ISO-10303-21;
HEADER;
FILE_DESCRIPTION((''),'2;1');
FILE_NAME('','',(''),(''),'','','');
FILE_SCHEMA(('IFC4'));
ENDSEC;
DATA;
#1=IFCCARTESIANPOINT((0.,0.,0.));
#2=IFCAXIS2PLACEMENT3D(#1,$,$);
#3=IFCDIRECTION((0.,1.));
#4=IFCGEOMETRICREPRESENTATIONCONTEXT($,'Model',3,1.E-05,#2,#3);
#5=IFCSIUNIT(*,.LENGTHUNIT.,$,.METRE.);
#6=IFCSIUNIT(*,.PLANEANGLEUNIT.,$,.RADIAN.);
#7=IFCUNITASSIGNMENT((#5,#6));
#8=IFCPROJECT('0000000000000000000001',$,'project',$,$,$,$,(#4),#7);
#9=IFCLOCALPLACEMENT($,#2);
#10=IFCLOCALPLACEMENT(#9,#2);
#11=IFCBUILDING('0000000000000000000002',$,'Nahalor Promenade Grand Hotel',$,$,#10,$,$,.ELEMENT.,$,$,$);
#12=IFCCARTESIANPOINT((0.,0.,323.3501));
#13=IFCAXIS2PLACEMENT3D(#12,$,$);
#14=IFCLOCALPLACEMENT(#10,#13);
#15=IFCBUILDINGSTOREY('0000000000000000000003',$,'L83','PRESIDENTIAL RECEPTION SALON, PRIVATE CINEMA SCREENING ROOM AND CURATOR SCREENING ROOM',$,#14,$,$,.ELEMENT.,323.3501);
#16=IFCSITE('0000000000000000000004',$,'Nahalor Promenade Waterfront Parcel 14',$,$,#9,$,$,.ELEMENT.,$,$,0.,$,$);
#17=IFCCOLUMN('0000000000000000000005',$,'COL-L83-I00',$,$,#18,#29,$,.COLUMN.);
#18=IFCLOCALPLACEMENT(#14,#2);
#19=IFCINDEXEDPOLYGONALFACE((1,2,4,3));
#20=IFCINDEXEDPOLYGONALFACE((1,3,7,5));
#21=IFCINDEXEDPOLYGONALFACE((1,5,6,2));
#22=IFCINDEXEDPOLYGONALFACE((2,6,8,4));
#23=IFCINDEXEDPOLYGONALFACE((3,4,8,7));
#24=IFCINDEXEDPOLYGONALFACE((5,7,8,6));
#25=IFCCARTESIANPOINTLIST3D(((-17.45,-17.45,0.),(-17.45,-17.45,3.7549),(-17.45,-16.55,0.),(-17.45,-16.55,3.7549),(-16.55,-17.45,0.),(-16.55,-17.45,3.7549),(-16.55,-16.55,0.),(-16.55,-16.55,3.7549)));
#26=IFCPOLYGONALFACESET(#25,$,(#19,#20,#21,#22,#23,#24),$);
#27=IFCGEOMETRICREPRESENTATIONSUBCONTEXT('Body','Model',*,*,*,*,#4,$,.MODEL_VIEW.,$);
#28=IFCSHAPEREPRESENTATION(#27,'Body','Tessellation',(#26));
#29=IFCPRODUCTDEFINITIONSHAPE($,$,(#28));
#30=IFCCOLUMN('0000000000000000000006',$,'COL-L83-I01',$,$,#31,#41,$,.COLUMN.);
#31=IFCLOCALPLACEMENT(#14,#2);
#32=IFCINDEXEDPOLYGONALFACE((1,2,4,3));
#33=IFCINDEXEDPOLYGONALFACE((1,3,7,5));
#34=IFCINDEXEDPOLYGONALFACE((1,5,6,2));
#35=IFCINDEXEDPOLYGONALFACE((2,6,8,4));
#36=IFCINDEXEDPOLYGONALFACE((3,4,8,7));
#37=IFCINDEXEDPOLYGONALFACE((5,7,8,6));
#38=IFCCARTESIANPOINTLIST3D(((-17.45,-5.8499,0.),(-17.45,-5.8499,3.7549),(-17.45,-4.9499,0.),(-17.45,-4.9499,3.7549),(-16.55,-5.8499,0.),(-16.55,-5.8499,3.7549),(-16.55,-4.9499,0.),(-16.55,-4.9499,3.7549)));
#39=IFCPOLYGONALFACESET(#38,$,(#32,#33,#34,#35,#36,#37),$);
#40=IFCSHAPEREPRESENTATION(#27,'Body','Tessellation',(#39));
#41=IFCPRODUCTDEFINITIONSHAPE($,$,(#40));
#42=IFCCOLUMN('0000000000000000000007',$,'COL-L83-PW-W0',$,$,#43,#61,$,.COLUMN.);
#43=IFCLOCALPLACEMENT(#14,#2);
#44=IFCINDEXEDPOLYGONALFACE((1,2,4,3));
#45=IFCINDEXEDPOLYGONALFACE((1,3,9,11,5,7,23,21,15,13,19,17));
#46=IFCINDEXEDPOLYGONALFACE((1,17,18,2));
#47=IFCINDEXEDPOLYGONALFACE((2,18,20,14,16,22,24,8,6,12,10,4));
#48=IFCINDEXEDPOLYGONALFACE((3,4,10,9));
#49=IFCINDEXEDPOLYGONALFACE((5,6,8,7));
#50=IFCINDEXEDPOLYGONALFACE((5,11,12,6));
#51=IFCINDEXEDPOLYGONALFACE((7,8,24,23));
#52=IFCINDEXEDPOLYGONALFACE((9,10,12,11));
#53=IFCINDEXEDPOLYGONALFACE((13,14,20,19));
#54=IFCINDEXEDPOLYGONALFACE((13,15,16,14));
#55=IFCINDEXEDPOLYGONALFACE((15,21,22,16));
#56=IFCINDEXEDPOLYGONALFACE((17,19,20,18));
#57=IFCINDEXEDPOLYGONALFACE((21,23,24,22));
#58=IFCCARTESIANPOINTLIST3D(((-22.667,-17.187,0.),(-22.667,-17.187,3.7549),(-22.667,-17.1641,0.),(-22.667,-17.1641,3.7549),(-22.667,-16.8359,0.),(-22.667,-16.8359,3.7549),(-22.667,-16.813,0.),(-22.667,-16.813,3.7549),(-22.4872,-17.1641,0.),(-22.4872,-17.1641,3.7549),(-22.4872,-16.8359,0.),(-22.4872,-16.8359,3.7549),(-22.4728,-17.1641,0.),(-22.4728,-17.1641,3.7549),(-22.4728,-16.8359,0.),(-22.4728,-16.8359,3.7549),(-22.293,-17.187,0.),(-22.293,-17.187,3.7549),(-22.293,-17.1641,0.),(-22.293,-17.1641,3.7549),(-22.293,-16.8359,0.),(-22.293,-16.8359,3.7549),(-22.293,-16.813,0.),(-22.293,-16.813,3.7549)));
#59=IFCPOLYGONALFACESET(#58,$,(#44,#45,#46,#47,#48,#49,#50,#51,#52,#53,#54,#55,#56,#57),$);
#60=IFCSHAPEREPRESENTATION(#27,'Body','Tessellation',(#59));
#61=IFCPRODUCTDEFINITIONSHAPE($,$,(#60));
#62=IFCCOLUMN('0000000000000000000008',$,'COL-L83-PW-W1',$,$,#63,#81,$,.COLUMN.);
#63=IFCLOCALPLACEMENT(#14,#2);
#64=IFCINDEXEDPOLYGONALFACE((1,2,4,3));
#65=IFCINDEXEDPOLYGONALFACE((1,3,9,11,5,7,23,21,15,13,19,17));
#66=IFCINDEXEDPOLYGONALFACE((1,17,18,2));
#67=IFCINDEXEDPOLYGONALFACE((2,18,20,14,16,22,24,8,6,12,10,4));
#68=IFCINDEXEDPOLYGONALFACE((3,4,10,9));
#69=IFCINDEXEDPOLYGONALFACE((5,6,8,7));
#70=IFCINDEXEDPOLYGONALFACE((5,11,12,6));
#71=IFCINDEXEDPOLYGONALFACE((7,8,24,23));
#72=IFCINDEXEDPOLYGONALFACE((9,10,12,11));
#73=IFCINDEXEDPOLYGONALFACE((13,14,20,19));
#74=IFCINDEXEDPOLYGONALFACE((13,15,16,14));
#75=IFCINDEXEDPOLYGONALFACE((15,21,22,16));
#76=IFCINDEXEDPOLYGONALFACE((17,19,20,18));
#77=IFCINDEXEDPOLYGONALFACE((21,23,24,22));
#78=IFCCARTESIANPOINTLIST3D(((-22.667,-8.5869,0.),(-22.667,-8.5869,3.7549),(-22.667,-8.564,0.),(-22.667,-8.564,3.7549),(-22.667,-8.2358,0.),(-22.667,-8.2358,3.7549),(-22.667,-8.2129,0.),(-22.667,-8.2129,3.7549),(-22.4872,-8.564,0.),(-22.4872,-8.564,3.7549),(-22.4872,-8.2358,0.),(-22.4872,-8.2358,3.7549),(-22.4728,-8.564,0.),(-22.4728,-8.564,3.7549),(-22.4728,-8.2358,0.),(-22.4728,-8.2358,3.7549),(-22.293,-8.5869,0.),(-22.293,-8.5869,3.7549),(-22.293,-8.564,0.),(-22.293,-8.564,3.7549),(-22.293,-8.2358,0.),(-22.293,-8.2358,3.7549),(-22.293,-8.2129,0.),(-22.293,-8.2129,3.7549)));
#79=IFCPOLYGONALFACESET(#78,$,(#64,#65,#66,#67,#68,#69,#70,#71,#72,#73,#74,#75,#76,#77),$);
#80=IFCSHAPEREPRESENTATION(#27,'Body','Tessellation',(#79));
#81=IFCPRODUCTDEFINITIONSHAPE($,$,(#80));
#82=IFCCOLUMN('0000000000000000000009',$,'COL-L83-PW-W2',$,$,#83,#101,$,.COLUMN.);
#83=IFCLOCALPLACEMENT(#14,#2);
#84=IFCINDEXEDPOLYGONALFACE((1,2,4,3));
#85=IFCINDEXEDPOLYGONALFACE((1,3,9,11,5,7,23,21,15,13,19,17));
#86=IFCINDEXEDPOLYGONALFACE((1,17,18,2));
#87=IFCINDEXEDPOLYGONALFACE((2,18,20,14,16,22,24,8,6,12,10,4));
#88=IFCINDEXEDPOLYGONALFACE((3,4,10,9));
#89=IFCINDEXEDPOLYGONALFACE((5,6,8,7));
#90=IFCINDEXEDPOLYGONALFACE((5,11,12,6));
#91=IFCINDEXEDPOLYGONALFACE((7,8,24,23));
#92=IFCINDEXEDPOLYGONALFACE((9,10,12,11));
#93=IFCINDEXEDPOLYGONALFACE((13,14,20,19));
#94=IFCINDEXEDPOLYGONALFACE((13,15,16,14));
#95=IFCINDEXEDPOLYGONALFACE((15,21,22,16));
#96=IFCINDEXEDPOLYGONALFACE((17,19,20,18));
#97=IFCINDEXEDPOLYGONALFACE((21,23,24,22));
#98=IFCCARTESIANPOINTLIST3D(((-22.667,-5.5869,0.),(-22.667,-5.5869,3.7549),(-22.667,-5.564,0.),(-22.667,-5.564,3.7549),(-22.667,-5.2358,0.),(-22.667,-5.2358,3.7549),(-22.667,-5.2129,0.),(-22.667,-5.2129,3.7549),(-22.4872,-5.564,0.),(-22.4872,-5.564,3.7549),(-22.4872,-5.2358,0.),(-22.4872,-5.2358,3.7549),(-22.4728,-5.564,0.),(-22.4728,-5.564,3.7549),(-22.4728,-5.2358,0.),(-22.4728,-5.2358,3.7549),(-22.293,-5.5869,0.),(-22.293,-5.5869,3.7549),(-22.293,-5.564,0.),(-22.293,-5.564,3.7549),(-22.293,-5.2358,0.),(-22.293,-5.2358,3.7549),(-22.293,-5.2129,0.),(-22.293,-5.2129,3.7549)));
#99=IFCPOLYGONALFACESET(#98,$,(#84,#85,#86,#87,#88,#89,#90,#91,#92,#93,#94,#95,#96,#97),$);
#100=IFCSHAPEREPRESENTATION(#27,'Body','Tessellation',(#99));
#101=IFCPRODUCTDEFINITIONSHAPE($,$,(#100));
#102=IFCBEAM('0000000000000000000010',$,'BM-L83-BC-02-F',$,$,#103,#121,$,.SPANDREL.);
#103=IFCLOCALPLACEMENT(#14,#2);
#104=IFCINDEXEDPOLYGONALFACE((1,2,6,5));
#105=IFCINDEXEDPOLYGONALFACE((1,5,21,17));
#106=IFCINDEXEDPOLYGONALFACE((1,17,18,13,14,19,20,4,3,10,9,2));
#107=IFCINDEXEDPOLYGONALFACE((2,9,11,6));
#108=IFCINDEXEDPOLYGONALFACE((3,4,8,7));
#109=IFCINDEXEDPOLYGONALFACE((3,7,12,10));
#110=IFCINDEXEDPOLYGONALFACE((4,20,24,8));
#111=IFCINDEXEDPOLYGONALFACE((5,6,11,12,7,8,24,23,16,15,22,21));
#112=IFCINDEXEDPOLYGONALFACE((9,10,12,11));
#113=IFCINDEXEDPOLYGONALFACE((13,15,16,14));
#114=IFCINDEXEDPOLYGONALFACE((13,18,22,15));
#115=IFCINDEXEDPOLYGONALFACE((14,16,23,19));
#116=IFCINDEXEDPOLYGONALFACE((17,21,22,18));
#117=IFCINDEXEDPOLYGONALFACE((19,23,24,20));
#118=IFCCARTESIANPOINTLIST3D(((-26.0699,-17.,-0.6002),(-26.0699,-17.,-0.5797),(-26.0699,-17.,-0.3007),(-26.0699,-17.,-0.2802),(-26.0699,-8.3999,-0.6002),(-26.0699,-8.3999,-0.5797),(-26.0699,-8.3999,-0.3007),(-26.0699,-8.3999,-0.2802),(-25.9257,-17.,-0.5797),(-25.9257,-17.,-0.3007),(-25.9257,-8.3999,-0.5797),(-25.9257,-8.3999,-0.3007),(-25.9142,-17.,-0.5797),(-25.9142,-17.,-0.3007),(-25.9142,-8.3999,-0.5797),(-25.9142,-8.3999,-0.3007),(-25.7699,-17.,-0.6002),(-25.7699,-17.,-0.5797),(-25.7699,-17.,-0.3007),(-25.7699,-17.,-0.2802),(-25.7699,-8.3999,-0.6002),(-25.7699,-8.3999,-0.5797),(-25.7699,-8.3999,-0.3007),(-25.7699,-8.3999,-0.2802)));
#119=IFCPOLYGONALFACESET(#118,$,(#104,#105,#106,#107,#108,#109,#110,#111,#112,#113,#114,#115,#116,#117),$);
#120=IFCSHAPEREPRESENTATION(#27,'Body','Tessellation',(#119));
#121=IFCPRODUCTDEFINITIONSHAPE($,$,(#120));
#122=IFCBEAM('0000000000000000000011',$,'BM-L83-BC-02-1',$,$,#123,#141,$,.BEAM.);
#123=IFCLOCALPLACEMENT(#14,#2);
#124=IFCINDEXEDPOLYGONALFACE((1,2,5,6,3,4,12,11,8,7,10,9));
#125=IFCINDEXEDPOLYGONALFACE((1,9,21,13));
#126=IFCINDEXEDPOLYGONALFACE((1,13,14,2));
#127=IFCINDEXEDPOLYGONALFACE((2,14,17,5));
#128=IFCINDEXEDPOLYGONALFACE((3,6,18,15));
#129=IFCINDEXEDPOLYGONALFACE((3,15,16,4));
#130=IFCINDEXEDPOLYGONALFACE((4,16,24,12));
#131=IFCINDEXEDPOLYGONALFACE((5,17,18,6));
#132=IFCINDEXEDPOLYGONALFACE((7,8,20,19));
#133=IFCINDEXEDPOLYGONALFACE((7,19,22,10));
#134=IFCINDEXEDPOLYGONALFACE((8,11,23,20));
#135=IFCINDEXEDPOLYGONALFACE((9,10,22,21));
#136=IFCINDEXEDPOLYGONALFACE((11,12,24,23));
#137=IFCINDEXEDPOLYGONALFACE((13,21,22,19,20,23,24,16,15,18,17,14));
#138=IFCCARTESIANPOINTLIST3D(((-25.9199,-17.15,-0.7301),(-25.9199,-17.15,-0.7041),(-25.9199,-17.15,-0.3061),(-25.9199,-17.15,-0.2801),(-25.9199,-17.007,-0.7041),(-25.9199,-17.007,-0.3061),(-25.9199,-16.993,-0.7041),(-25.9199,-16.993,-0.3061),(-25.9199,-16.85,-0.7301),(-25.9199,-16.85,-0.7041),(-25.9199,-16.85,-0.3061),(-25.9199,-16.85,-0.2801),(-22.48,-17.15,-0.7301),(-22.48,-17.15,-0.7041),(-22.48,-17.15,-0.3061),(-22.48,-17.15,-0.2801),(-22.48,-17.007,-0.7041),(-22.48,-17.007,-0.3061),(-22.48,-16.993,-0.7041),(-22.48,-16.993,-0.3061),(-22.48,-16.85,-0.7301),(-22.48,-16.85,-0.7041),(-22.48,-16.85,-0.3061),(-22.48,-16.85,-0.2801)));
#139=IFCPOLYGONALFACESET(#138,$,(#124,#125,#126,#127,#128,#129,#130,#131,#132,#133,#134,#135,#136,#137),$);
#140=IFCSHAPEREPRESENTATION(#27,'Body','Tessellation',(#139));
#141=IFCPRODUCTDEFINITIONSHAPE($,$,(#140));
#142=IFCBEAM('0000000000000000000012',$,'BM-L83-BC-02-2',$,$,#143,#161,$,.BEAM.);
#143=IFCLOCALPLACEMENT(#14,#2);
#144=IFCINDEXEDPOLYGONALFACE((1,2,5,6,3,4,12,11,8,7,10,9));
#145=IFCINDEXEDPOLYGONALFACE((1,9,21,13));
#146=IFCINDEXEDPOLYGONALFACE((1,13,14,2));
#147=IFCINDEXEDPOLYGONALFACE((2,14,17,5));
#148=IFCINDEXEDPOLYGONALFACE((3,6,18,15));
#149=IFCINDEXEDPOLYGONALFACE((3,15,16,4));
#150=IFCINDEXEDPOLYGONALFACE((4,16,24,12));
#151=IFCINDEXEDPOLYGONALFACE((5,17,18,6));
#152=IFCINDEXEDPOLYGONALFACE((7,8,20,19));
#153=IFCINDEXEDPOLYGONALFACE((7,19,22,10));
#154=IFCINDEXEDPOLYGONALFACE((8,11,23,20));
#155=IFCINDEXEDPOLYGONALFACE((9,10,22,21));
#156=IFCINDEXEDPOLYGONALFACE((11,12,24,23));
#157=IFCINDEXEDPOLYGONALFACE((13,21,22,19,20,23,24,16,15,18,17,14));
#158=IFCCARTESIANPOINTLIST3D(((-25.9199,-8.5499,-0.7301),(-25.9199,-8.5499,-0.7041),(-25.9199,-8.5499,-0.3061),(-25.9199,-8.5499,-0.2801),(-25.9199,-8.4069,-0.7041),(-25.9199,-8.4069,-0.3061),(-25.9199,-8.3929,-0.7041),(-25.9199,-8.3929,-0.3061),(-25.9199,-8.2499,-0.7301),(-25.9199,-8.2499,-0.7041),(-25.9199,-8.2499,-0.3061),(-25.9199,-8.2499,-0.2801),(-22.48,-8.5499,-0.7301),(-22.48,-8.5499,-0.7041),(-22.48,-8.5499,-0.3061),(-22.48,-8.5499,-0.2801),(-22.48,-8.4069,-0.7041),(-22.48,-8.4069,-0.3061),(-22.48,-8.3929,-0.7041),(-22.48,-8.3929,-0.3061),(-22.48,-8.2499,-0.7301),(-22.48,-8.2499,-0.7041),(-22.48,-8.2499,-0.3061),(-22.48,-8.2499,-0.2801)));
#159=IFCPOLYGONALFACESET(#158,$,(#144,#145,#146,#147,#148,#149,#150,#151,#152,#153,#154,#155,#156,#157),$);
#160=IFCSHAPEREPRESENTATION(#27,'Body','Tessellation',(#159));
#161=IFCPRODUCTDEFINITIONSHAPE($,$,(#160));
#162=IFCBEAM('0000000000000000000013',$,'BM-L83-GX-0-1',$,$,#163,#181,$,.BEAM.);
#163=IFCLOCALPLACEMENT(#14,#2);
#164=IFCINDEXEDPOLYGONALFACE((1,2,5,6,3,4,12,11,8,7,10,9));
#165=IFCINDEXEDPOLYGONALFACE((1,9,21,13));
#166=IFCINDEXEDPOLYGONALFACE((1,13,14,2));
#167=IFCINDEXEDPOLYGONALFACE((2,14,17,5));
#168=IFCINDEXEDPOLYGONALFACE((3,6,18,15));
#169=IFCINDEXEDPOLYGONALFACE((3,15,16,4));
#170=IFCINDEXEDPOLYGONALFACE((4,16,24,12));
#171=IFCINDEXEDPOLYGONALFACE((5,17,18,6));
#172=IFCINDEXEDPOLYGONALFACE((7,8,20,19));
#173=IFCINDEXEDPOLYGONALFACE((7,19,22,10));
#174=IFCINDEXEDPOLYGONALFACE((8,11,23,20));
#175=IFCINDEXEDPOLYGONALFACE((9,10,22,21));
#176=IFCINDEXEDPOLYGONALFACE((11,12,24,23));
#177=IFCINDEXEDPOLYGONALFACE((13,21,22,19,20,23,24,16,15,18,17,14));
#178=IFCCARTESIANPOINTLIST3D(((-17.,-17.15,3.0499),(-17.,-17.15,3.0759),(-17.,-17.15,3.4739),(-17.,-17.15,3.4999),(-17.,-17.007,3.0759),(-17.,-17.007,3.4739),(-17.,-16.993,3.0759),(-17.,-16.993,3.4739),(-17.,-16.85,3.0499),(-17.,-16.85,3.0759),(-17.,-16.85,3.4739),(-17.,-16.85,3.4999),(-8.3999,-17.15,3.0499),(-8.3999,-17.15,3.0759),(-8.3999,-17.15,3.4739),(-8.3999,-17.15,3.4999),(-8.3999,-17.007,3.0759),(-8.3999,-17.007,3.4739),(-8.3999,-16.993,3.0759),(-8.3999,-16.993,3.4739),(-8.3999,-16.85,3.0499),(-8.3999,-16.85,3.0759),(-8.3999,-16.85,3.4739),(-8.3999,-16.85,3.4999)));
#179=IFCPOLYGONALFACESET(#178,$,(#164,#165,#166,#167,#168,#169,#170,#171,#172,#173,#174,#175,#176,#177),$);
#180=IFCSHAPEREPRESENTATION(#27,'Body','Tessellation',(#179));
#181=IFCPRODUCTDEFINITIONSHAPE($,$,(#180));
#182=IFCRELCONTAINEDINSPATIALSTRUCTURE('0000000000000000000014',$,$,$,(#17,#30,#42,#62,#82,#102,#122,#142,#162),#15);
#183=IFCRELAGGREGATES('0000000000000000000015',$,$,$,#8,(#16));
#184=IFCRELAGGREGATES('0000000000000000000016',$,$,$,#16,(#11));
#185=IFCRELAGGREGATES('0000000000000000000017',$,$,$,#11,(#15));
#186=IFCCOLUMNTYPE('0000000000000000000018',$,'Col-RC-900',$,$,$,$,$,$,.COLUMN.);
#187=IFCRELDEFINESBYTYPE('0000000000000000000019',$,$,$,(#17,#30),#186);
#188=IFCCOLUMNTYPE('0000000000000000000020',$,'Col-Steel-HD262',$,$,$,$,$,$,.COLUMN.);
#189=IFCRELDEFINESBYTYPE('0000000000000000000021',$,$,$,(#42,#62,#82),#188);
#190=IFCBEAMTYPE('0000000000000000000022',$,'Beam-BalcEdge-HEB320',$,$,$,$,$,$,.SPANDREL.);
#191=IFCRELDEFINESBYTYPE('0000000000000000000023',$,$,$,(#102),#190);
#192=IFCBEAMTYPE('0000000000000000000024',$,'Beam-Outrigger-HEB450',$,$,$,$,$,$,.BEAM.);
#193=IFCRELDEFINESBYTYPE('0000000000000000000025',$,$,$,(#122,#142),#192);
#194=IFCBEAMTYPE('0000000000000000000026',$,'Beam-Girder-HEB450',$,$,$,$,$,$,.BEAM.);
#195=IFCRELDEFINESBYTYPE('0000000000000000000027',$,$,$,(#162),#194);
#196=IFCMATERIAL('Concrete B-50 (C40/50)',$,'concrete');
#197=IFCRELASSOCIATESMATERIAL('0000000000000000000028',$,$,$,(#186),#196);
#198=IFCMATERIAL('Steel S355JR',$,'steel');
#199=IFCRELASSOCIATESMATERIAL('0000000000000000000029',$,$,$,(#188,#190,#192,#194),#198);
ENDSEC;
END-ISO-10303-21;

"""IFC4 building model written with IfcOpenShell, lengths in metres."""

from ifc_helpers import new_model, si_unit, direction, frame, origin, origin_2d, place, context, subcontext, project, spatial, rectangle, i_section, extrude, source, transform, mapped, material, material_profile, profile_set, type_object, element, save


model = new_model("IFC4")

# Units and contexts
model_context = context("Model", 3, precision=1e-05, world=origin(), true_north=direction((0.0, 1.0)))
body_context = subcontext(model_context, "Body", "Model", "MODEL_VIEW")
ifc_project = project(units=[si_unit("LENGTHUNIT", "METRE"), si_unit("PLANEANGLEUNIT", "RADIAN")], contexts=[model_context])

# Site, building, storey
site_placement = place(None, origin())
site = spatial("IfcSite", under=ifc_project, at=site_placement, Name="Nahalor Promenade Waterfront Parcel 14", CompositionType="ELEMENT", RefElevation=0.0)
building_placement = place(site_placement, origin())
building = spatial("IfcBuilding", under=site, at=building_placement, Name="Nahalor Promenade Grand Hotel", CompositionType="ELEMENT")
storey_placement = place(building_placement, frame((0.0, 0.0, 323.3501)))
storey = spatial("IfcBuildingStorey", under=building, at=storey_placement, Name="L83", Description="PRESIDENTIAL RECEPTION SALON, PRIVATE CINEMA SCREENING ROOM AND CURATOR SCREENING ROOM", CompositionType="ELEMENT", Elevation=323.3501)

# Columns
ifc_material_1 = material(Name="Concrete B-50 (C40/50)", Category="concrete")
ifc_material_profile_1 = material_profile(ifc_material_1, rectangle(XDim=0.9, YDim=0.9, at=origin_2d()), Name="RC 900x900")
ifc_profile_set_1 = profile_set([ifc_material_profile_1], Name="Concrete B-50 (C40/50)")
column_type_1 = type_object("IfcColumnType", Name="Col-RC-900", PredefinedType="COLUMN", material=ifc_profile_set_1)
shared_shape_1 = source(origin(), body_context, "Body", "SweptSolid", [
    extrude(rectangle(XDim=0.9, YDim=0.9, at=origin_2d()), origin(), (0.0, 0.0, 1.0), 3.7549),
])
for number, where, z_axis, x_axis, name in (
    (1, (-17.0, -17.0, 0.0), (0.0, 0.0, 1.0), (1.0, 0.0, 0.0), "COL-L83-I00"),
    (2, (-17.0, -5.3999, 0.0), (0.0, 0.0, 1.0), (1.0, 0.0, 0.0), "COL-L83-I01"),
):
    element("IfcColumn", number, at=place(storey_placement, frame(where, z_axis=z_axis, x_axis=x_axis)), inside=storey, type_object=column_type_1, Name=name, PredefinedType="COLUMN", context=body_context, shape_type="MappedRepresentation", body=[
        mapped(shared_shape_1, transform((0.0, 0.0, 0.0), scale=1.0)),
    ])
ifc_material_2 = material(Name="Steel S355JR", Category="steel")
ifc_material_profile_2 = material_profile(ifc_material_2, i_section(OverallWidth=0.374, OverallDepth=0.374, WebThickness=0.0144, FlangeThickness=0.0229, at=origin_2d()), Name="HD 360x262")
ifc_profile_set_2 = profile_set([ifc_material_profile_2], Name="Steel S355JR")
column_type_2 = type_object("IfcColumnType", Name="Col-Steel-HD262", PredefinedType="COLUMN", material=ifc_profile_set_2)
shared_shape_2 = source(origin(), body_context, "Body", "SweptSolid", [
    extrude(i_section(OverallWidth=0.374, OverallDepth=0.374, WebThickness=0.0144, FlangeThickness=0.0229, at=origin_2d()), origin(), (0.0, 0.0, 1.0), 3.7549),
])
for number, where, z_axis, x_axis, name in (
    (3, (-22.48, -17.0, 0.0), (0.0, 0.0, 1.0), (1.0, 0.0, 0.0), "COL-L83-PW-W0"),
    (4, (-22.48, -8.3999, 0.0), (0.0, 0.0, 1.0), (1.0, 0.0, 0.0), "COL-L83-PW-W1"),
    (5, (-22.48, -5.3999, 0.0), (0.0, 0.0, 1.0), (1.0, 0.0, 0.0), "COL-L83-PW-W2"),
):
    element("IfcColumn", number, at=place(storey_placement, frame(where, z_axis=z_axis, x_axis=x_axis)), inside=storey, type_object=column_type_2, Name=name, PredefinedType="COLUMN", context=body_context, shape_type="MappedRepresentation", body=[
        mapped(shared_shape_2, transform((0.0, 0.0, 0.0), scale=1.0)),
    ])

# Beams
ifc_material_profile_3 = material_profile(ifc_material_2, i_section(OverallWidth=0.3, OverallDepth=0.32, WebThickness=0.0115, FlangeThickness=0.0205, at=origin_2d()), Name="HEB 320")
ifc_profile_set_3 = profile_set([ifc_material_profile_3], Name="Steel S355JR")
beam_type_1 = type_object("IfcBeamType", Name="Beam-BalcEdge-HEB320", PredefinedType="SPANDREL", material=ifc_profile_set_3)
shared_shape_3 = source(origin(), body_context, "Body", "SweptSolid", [
    extrude(i_section(OverallWidth=0.3, OverallDepth=0.32, WebThickness=0.0115, FlangeThickness=0.0205, at=origin_2d()), origin(), (0.0, 0.0, 1.0), 8.6001),
])
beam_1_placement = place(storey_placement, frame((-25.9199, -17.0, -0.4402), z_axis=(0.0, 1.0, 0.0), x_axis=(-1.0, 0.0, 0.0)))
element("IfcBeam", 6, at=beam_1_placement, inside=storey, type_object=beam_type_1, Name="BM-L83-BC-02-F", PredefinedType="SPANDREL", context=body_context, shape_type="MappedRepresentation", body=[
    mapped(shared_shape_3, transform((0.0, 0.0, 0.0), scale=1.0)),
])
ifc_material_profile_4 = material_profile(ifc_material_2, i_section(OverallWidth=0.3, OverallDepth=0.45, WebThickness=0.014, FlangeThickness=0.026, at=origin_2d()), Name="HEB 450")
ifc_profile_set_4 = profile_set([ifc_material_profile_4], Name="Steel S355JR")
beam_type_2 = type_object("IfcBeamType", Name="Beam-Outrigger-HEB450", PredefinedType="BEAM", material=ifc_profile_set_4)
shared_shape_4 = source(origin(), body_context, "Body", "SweptSolid", [
    extrude(i_section(OverallWidth=0.3, OverallDepth=0.45, WebThickness=0.014, FlangeThickness=0.026, at=origin_2d()), origin(), (0.0, 0.0, 1.0), 3.4399),
])
for number, where, z_axis, x_axis, name in (
    (7, (-25.9199, -17.0, -0.5051), (1.0, 0.0, 0.0), (0.0, 1.0, 0.0), "BM-L83-BC-02-1"),
    (8, (-25.9199, -8.3999, -0.5051), (1.0, 0.0, 0.0), (0.0, 1.0, 0.0), "BM-L83-BC-02-2"),
):
    element("IfcBeam", number, at=place(storey_placement, frame(where, z_axis=z_axis, x_axis=x_axis)), inside=storey, type_object=beam_type_2, Name=name, PredefinedType="BEAM", context=body_context, shape_type="MappedRepresentation", body=[
        mapped(shared_shape_4, transform((0.0, 0.0, 0.0), scale=1.0)),
    ])
ifc_material_profile_5 = material_profile(ifc_material_2, i_section(OverallWidth=0.3, OverallDepth=0.45, WebThickness=0.014, FlangeThickness=0.026, at=origin_2d()), Name="HEB 450")
ifc_profile_set_5 = profile_set([ifc_material_profile_5], Name="Steel S355JR")
beam_type_3 = type_object("IfcBeamType", Name="Beam-Girder-HEB450", PredefinedType="BEAM", material=ifc_profile_set_5)
shared_shape_5 = source(origin(), body_context, "Body", "SweptSolid", [
    extrude(i_section(OverallWidth=0.3, OverallDepth=0.45, WebThickness=0.014, FlangeThickness=0.026, at=origin_2d()), origin(), (0.0, 0.0, 1.0), 8.6001),
])
for number, where, z_axis, x_axis, name in (
    (9, (-17.0, -17.0, 3.2749), (1.0, 0.0, 0.0), (0.0, 1.0, 0.0), "BM-L83-GX-0-1"),
):
    element("IfcBeam", number, at=place(storey_placement, frame(where, z_axis=z_axis, x_axis=x_axis)), inside=storey, type_object=beam_type_3, Name=name, PredefinedType="BEAM", context=body_context, shape_type="MappedRepresentation", body=[
        mapped(shared_shape_5, transform((0.0, 0.0, 0.0), scale=1.0)),
    ])

save(model, "model.ifc")
